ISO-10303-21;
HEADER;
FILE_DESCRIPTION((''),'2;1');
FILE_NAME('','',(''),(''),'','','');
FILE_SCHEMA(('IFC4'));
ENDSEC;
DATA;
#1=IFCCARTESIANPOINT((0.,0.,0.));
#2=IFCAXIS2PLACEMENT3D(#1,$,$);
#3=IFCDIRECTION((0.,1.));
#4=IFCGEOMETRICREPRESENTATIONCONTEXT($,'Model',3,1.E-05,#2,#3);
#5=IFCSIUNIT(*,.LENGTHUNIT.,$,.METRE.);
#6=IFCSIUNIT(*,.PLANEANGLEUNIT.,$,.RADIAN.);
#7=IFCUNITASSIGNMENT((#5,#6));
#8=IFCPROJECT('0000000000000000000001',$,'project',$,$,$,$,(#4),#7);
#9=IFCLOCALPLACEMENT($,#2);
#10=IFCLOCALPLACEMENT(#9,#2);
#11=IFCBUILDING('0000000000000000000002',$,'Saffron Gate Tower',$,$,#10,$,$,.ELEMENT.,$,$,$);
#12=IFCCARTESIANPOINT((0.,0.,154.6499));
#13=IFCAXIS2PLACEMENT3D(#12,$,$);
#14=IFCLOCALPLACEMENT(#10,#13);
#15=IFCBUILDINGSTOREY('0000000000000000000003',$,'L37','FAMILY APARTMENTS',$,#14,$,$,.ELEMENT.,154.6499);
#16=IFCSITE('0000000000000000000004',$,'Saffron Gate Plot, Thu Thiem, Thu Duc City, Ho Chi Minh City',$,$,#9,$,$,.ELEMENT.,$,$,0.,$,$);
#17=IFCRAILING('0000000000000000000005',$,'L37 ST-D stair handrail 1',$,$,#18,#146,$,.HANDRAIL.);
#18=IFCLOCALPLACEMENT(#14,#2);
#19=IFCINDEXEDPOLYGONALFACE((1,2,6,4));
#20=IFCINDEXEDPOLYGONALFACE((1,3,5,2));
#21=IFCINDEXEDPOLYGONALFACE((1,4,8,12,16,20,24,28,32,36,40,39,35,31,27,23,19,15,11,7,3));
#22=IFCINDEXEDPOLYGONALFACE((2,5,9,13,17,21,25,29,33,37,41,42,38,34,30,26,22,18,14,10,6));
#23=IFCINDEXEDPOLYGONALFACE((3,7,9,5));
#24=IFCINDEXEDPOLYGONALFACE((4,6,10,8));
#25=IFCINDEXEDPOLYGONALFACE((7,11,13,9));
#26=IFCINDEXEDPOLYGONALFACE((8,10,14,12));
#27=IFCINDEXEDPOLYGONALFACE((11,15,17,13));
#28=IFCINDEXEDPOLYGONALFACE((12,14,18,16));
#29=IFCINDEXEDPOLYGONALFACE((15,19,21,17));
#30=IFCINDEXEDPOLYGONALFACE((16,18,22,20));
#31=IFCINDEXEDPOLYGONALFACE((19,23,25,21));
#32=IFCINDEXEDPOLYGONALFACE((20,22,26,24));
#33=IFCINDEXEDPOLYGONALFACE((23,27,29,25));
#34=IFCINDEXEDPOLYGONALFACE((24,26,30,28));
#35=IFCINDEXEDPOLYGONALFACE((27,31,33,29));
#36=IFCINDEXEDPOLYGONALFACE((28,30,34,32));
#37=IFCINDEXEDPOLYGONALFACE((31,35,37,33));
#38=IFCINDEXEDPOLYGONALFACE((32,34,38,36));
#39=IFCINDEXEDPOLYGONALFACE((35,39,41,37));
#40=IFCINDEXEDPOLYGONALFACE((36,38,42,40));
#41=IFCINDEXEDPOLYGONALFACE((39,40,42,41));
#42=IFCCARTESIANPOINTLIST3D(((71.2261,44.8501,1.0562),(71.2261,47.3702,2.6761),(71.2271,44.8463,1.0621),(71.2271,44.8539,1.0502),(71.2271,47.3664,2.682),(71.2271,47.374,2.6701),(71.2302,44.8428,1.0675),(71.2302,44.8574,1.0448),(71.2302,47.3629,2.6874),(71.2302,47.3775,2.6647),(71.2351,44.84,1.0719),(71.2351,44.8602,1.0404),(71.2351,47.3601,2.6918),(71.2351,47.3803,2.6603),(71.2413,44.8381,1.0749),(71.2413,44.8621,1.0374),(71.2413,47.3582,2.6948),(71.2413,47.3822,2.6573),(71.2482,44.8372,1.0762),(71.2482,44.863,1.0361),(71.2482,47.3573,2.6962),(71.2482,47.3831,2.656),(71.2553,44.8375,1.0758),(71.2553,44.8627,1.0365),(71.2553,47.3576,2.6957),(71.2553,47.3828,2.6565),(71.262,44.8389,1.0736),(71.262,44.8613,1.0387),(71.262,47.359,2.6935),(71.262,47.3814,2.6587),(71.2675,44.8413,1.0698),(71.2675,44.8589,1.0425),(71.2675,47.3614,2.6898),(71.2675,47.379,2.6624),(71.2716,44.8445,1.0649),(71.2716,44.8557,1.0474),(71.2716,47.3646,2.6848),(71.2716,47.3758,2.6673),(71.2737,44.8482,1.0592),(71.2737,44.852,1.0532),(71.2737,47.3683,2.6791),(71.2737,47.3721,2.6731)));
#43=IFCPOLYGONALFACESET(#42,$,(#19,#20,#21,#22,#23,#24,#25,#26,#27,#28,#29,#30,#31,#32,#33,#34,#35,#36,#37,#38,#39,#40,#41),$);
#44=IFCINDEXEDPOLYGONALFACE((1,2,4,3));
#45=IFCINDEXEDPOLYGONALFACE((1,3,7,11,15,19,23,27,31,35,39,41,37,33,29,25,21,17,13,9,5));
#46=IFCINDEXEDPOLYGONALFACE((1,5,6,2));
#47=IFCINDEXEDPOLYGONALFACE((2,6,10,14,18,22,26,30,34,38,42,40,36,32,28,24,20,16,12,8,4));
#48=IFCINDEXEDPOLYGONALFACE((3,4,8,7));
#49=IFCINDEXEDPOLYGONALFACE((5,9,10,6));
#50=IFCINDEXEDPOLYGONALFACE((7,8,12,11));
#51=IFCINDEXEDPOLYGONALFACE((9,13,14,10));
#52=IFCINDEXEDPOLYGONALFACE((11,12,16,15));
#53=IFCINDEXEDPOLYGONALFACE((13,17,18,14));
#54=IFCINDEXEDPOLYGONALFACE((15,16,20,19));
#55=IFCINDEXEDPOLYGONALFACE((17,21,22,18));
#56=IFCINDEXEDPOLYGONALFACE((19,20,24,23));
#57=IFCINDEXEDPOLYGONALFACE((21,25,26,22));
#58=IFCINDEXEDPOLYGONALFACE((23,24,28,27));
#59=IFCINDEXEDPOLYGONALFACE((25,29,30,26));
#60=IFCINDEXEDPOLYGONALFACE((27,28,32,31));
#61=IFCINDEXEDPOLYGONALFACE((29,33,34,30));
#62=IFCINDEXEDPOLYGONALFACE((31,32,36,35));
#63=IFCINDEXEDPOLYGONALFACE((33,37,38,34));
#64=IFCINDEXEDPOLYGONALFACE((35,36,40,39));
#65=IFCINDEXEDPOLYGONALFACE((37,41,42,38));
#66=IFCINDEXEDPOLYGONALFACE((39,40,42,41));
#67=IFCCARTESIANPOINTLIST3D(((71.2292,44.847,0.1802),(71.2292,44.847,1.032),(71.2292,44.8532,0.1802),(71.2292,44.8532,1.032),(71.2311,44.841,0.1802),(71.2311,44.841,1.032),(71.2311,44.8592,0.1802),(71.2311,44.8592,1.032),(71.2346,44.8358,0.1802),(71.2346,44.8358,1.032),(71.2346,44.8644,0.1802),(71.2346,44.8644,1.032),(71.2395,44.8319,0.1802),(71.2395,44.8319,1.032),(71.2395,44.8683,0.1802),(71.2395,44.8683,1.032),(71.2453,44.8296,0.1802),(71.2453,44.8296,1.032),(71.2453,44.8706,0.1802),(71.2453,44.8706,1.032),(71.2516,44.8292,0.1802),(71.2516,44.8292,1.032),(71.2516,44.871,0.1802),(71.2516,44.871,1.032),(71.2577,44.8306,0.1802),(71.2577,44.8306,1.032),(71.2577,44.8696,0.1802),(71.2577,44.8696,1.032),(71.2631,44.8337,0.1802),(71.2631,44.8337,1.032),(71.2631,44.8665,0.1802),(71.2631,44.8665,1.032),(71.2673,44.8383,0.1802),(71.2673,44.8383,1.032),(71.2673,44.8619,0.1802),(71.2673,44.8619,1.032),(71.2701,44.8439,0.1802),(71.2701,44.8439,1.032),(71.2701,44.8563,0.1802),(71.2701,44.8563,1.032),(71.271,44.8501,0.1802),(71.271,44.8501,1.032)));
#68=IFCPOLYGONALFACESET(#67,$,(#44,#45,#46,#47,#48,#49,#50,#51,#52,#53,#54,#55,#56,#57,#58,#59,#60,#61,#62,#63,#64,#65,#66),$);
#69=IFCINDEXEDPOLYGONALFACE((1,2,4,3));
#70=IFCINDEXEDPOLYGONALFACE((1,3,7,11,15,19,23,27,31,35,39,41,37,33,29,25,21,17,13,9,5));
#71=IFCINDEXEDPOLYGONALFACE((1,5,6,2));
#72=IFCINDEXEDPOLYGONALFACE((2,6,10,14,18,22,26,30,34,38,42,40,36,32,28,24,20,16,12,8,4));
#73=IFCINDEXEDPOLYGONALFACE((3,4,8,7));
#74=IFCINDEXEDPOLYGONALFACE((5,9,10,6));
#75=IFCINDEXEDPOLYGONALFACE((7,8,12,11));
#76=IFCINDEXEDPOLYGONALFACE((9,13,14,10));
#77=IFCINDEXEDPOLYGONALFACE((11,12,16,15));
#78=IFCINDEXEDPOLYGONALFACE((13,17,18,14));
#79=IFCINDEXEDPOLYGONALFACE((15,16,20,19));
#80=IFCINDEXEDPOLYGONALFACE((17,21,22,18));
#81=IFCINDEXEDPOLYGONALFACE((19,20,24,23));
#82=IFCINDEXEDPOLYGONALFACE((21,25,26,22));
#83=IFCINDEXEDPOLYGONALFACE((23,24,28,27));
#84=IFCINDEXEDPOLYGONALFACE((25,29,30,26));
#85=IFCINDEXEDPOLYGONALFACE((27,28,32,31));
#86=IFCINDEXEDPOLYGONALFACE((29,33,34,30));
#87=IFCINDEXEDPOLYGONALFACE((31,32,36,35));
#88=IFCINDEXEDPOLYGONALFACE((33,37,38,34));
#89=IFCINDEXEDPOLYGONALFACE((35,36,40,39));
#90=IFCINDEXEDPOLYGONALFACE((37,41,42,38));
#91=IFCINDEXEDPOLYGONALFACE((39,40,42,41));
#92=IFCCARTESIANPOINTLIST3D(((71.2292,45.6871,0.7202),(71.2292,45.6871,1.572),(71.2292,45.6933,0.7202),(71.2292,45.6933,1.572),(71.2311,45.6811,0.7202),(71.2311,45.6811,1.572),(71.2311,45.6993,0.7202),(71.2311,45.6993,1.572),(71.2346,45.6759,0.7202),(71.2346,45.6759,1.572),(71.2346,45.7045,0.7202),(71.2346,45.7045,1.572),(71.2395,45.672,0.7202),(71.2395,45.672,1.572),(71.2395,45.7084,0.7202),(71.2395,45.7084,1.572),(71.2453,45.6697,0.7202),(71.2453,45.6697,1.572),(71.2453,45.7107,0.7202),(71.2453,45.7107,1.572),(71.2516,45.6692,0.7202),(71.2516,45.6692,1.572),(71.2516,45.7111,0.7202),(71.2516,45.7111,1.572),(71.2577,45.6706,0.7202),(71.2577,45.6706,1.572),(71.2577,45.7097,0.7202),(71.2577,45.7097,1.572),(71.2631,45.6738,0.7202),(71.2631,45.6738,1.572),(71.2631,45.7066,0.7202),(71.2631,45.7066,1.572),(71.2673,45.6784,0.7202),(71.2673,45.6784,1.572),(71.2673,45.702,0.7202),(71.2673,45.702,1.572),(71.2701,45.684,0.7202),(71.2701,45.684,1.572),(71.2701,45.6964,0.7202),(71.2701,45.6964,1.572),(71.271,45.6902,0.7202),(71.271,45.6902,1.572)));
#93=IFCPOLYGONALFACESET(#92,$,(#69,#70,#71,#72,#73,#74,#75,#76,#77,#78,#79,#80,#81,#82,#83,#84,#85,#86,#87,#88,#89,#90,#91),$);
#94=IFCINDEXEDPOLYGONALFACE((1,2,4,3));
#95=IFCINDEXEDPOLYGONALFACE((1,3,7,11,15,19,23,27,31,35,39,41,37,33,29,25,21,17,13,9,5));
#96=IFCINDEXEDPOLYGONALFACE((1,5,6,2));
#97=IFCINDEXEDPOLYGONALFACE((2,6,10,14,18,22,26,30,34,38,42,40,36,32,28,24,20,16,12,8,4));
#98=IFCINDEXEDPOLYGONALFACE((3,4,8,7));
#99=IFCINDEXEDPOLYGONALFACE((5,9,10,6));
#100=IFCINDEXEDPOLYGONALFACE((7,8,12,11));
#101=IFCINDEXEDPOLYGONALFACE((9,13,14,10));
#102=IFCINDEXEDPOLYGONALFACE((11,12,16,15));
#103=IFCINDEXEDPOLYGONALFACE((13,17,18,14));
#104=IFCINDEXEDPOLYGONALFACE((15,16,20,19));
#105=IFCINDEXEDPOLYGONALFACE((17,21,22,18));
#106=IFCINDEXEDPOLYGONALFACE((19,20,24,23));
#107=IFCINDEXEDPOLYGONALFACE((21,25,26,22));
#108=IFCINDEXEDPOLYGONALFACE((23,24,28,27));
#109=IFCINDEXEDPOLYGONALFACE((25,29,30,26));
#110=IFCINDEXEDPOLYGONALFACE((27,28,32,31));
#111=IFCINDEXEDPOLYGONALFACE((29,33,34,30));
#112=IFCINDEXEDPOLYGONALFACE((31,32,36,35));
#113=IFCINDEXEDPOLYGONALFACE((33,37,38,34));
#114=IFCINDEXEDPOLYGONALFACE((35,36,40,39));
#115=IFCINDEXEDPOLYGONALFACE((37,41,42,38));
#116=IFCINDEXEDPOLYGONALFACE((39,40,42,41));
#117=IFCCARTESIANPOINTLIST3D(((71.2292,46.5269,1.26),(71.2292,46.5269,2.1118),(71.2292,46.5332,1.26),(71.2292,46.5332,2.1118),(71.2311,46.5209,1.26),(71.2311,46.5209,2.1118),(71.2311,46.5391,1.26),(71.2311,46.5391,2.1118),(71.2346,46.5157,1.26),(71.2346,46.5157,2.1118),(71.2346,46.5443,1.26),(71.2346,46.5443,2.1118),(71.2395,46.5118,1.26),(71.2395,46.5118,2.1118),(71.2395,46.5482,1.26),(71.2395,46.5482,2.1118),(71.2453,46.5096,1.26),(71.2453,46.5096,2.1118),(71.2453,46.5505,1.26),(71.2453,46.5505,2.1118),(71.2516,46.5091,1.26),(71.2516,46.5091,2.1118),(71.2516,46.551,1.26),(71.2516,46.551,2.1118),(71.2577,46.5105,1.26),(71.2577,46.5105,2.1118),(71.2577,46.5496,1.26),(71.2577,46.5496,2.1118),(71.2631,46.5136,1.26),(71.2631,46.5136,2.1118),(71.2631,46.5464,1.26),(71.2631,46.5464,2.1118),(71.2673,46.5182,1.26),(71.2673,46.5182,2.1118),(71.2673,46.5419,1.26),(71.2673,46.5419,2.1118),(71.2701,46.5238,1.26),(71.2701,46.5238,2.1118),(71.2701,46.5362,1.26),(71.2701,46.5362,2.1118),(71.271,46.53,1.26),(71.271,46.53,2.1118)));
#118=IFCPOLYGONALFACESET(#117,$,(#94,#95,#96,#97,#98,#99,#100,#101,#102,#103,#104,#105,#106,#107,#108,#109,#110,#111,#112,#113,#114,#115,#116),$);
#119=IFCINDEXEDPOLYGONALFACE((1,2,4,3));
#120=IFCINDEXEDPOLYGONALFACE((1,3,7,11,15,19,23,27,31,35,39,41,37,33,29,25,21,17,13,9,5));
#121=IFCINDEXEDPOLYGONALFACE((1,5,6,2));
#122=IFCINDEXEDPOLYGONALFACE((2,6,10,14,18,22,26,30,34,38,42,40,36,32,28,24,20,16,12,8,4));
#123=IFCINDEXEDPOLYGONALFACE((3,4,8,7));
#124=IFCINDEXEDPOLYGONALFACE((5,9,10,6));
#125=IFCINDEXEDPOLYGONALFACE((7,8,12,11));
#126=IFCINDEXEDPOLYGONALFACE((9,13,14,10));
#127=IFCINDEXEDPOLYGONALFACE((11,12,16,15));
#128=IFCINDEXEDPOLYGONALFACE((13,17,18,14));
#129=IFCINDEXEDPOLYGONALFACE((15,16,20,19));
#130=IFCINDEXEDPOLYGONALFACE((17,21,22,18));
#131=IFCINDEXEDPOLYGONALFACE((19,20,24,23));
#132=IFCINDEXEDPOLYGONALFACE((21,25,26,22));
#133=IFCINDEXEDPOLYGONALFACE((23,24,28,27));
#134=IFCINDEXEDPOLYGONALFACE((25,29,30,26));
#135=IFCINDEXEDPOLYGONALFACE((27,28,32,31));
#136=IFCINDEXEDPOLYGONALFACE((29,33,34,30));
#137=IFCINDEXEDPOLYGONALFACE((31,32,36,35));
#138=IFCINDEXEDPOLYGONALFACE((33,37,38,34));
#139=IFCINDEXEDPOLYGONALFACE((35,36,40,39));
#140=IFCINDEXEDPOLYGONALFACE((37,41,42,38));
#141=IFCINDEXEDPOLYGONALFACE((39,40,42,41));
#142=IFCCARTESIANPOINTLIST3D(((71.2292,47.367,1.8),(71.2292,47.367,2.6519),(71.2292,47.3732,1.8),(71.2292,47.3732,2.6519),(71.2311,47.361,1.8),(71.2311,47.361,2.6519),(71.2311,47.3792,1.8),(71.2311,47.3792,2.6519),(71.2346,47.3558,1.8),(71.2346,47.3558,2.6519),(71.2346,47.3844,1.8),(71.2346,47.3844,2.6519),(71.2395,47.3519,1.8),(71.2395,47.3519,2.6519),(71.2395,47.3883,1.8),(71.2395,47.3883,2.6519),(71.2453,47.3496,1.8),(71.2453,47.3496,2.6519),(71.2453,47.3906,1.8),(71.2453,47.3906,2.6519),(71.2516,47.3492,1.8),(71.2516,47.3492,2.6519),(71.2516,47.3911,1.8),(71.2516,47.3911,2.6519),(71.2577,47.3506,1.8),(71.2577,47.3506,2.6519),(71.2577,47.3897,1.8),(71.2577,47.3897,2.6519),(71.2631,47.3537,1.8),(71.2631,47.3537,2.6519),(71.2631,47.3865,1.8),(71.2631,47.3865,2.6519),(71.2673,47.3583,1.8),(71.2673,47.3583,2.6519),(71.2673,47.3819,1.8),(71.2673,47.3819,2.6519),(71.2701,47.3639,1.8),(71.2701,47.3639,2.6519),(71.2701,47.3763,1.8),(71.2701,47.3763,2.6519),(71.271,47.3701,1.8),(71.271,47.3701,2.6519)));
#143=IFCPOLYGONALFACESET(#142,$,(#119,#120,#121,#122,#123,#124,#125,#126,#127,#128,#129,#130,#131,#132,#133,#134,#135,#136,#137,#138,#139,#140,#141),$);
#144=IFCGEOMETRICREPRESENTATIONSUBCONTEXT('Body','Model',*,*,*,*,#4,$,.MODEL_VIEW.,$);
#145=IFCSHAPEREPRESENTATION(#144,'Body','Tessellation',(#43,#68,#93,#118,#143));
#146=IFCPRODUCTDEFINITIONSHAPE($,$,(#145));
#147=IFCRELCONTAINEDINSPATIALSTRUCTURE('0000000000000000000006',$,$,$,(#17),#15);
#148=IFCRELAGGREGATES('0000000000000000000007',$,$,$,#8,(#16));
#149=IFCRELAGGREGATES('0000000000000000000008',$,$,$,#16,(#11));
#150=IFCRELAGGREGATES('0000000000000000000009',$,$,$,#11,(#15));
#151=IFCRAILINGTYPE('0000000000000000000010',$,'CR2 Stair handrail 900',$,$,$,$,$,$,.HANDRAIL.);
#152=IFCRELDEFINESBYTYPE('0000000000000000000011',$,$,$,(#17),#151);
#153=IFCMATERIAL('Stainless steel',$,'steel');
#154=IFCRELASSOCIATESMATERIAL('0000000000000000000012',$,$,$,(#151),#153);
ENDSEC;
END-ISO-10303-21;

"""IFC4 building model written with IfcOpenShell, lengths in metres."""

from ifc_helpers import new_model, si_unit, direction, frame, origin, origin_2d, place, context, subcontext, project, spatial, circle, extrude, material, type_object, element, save


model = new_model("IFC4")

# Units and contexts
model_context = context("Model", 3, precision=1e-05, world=origin(), true_north=direction((0.0, 1.0)))
body_context = subcontext(model_context, "Body", "Model", "MODEL_VIEW")
ifc_project = project(units=[si_unit("LENGTHUNIT", "METRE"), si_unit("PLANEANGLEUNIT", "RADIAN")], contexts=[model_context])

# Site, building, storey
site_placement = place(None, origin())
site = spatial("IfcSite", under=ifc_project, at=site_placement, Name="Saffron Gate Plot, Thu Thiem, Thu Duc City, Ho Chi Minh City", CompositionType="ELEMENT", RefElevation=0.0)
building_placement = place(site_placement, origin())
building = spatial("IfcBuilding", under=site, at=building_placement, Name="Saffron Gate Tower", CompositionType="ELEMENT")
storey_placement = place(building_placement, frame((0.0, 0.0, 154.6499)))
storey = spatial("IfcBuildingStorey", under=building, at=storey_placement, Name="L37", Description="FAMILY APARTMENTS", CompositionType="ELEMENT", Elevation=154.6499)

# Railing
ifc_material_1 = material(Name="Stainless steel", Category="steel")
railing_type = type_object("IfcRailingType", Name="CR2 Stair handrail 900", PredefinedType="HANDRAIL", material=ifc_material_1)
railing_1_placement = place(storey_placement, frame((71.25, 44.8501, 0.1802)))
element("IfcRailing", 1, at=railing_1_placement, inside=storey, type_object=railing_type, Name="L37 ST-D stair handrail 1", PredefinedType="HANDRAIL", context=body_context, shape_type="SweptSolid", body=[
    extrude(circle(Radius=0.0239, at=origin_2d()), frame((0.0, 0.0, 0.876), z_axis=(0.0, 0.8412, 0.540725), x_axis=(-1.0, 0.0, 0.0)), (0.0, 0.0, 1.0), 2.9958),
    extrude(circle(Radius=0.021, at=origin_2d()), origin(), (0.0, 0.0, 1.0), 0.8518),
    extrude(circle(Radius=0.021, at=origin_2d()), frame((0.0, 0.8401, 0.54)), (0.0, 0.0, 1.0), 0.8518),
    extrude(circle(Radius=0.021, at=origin_2d()), frame((0.0, 1.6799, 1.0798)), (0.0, 0.0, 1.0), 0.8518),
    extrude(circle(Radius=0.021, at=origin_2d()), frame((0.0, 2.52, 1.6199)), (0.0, 0.0, 1.0), 0.8518),
])

save(model, "model.ifc")
